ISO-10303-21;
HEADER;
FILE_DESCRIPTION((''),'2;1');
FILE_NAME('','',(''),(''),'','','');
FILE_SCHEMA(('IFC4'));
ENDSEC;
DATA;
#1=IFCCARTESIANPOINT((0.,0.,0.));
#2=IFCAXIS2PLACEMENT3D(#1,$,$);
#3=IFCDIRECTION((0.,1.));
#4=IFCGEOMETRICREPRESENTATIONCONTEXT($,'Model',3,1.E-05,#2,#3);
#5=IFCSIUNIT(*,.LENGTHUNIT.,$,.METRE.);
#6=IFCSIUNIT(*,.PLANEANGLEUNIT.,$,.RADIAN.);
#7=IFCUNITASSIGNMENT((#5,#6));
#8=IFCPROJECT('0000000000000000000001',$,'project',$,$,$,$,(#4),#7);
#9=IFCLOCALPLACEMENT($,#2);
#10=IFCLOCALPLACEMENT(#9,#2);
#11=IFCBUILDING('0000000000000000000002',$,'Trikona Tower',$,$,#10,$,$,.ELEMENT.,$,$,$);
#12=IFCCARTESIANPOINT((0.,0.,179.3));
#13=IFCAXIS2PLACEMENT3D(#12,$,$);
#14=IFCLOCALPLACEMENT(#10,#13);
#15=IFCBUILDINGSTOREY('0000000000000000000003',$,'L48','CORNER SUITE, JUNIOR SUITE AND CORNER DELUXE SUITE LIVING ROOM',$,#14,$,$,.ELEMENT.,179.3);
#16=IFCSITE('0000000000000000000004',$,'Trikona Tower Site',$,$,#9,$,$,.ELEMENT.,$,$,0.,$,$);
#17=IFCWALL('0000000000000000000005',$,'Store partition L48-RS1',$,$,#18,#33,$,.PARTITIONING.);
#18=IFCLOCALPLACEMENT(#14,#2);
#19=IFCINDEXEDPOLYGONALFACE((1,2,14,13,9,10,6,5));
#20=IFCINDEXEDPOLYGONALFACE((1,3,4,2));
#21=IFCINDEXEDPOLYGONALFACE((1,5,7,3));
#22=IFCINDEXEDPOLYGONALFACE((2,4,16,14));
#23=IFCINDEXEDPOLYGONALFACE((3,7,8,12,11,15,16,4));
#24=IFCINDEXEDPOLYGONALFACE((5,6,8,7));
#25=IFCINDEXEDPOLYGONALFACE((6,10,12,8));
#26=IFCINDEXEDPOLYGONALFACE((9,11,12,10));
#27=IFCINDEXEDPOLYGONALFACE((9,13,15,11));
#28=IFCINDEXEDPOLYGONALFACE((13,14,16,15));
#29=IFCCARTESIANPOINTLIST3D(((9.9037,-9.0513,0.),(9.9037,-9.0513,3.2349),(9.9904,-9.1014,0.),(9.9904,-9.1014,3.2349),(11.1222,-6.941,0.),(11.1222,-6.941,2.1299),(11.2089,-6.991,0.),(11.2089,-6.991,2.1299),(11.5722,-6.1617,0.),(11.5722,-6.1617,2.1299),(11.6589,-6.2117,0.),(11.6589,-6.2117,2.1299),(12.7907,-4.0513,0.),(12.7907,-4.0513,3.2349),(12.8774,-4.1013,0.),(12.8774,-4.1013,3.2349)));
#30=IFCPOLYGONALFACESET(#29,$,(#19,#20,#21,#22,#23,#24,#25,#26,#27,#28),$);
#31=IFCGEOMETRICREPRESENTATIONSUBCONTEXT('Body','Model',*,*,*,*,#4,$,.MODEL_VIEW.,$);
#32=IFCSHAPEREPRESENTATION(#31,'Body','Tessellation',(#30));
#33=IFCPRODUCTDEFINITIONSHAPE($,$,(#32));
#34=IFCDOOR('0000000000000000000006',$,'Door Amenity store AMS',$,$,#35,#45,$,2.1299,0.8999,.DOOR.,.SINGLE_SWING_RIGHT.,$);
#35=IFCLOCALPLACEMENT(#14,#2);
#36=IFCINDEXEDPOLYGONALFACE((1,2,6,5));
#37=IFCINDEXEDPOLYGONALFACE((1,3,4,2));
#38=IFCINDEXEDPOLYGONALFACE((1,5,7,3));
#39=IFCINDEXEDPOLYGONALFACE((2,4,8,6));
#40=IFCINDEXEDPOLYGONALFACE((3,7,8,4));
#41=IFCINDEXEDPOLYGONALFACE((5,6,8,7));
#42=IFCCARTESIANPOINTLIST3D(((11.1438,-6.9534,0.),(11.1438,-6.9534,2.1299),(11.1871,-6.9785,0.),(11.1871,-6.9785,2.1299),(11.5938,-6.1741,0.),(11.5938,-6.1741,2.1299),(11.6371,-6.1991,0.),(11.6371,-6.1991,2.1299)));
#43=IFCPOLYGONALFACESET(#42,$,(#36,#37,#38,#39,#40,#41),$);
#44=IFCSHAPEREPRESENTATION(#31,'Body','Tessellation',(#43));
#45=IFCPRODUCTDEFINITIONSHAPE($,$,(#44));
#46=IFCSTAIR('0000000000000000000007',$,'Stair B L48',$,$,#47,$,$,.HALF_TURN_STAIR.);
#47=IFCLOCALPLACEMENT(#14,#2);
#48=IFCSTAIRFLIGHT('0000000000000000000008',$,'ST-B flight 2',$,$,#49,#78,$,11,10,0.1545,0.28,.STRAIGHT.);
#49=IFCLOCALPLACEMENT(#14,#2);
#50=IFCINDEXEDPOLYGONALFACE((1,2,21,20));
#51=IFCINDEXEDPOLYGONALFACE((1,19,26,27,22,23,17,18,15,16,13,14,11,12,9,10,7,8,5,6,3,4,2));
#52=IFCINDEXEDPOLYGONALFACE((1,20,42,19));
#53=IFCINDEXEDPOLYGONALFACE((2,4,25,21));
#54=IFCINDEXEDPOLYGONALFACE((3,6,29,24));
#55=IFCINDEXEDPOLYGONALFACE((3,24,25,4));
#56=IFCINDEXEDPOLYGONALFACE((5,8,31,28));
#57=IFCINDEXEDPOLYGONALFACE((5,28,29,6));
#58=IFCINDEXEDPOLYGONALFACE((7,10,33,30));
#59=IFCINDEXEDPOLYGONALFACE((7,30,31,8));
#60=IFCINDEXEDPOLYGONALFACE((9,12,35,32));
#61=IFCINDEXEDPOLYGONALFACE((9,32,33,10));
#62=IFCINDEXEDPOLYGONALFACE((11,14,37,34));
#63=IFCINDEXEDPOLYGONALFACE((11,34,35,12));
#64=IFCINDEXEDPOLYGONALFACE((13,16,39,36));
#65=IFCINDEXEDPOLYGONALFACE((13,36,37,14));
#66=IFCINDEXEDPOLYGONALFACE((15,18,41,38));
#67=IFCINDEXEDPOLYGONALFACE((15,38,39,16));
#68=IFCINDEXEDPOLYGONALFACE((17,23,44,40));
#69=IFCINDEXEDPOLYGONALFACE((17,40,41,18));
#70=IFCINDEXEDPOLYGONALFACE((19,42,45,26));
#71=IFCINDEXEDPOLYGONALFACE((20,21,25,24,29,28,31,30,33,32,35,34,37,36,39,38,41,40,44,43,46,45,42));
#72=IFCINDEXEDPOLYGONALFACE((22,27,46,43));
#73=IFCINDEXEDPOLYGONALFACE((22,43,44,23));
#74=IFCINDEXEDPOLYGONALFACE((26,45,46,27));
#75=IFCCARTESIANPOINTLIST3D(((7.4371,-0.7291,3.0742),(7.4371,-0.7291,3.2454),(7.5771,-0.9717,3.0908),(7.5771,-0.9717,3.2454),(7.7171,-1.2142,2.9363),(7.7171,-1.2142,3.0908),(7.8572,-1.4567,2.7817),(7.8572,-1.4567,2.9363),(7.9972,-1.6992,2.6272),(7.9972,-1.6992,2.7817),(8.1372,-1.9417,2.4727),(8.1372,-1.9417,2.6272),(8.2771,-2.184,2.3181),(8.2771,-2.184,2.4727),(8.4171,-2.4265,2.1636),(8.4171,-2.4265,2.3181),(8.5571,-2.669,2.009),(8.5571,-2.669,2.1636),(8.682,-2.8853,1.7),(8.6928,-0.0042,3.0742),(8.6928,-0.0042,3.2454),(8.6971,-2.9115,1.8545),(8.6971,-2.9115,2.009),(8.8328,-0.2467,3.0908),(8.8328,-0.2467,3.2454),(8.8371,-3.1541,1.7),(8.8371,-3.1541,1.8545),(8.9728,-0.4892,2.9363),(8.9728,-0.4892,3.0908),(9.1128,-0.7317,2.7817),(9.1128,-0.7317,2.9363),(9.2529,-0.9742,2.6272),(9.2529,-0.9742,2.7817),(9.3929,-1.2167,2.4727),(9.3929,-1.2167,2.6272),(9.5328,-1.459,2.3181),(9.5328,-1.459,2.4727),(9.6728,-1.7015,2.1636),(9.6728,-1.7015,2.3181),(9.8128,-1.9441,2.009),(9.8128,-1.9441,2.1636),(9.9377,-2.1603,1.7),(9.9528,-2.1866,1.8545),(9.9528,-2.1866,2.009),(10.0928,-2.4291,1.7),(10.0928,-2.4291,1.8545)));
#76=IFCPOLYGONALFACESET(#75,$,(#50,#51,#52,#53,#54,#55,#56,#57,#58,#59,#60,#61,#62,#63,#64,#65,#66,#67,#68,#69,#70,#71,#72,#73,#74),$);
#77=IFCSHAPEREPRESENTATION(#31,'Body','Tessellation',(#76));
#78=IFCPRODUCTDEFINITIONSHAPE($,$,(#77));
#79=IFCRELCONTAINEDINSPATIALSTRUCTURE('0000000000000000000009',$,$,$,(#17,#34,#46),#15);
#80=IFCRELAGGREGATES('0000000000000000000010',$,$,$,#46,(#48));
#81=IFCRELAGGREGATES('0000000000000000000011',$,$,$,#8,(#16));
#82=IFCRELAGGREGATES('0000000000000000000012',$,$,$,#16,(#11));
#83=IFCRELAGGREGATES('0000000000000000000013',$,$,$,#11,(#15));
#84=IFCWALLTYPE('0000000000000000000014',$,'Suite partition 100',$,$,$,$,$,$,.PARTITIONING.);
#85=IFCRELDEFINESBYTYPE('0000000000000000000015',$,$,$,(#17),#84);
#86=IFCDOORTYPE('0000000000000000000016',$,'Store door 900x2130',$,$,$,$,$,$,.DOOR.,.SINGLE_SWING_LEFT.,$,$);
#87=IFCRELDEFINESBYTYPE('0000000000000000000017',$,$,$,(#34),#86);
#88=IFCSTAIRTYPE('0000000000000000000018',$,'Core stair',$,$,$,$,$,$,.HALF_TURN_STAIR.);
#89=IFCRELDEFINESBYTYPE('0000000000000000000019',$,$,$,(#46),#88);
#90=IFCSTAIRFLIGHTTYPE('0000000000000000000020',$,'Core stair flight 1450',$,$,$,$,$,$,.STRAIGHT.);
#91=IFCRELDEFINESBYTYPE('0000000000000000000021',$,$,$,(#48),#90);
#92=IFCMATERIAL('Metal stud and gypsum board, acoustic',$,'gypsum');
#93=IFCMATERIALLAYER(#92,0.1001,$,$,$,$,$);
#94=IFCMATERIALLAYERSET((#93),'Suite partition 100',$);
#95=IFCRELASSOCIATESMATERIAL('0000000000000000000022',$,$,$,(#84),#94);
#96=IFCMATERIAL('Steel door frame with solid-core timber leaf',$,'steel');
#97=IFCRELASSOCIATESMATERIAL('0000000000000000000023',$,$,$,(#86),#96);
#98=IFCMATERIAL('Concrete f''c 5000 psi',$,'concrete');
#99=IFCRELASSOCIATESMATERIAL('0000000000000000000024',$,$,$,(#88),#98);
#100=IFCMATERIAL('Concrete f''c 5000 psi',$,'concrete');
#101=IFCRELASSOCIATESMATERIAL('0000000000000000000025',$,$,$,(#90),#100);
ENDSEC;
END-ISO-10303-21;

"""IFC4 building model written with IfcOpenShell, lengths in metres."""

from ifc_helpers import new_model, si_unit, direction, frame, frame_2d, origin, place, context, subcontext, project, spatial, polyline, rectangle, outline, extrude, material, layer, layer_set, type_object, element, fill, aggregate, save


model = new_model("IFC4")

# Units and contexts
model_context = context("Model", 3, precision=1e-05, world=origin(), true_north=direction((0.0, 1.0)))
body_context = subcontext(model_context, "Body", "Model", "MODEL_VIEW")
ifc_project = project(units=[si_unit("LENGTHUNIT", "METRE"), si_unit("PLANEANGLEUNIT", "RADIAN")], contexts=[model_context])

# Site, building, storey
site_placement = place(None, origin())
site = spatial("IfcSite", under=ifc_project, at=site_placement, Name="Trikona Tower Site", CompositionType="ELEMENT", RefElevation=0.0)
building_placement = place(site_placement, origin())
building = spatial("IfcBuilding", under=site, at=building_placement, Name="Trikona Tower", CompositionType="ELEMENT")
storey_placement = place(building_placement, frame((0.0, 0.0, 179.3)))
storey = spatial("IfcBuildingStorey", under=building, at=storey_placement, Name="L48", Description="CORNER SUITE, JUNIOR SUITE AND CORNER DELUXE SUITE LIVING ROOM", CompositionType="ELEMENT", Elevation=179.3)

# Wall, opening, door
ifc_material_1 = material(Name="Metal stud and gypsum board, acoustic", Category="gypsum")
ifc_layer_1 = layer(ifc_material_1, 0.1001)
ifc_layer_set_1 = layer_set([ifc_layer_1], Name="Suite partition 100")
wall_type_1 = type_object("IfcWallType", Name="Suite partition 100", PredefinedType="PARTITIONING", material=ifc_layer_set_1)
wall_1_placement = place(storey_placement, frame((12.834, -4.0764, 0.0), z_axis=(0.0, 0.0, 1.0), x_axis=(-0.500027, -0.86601, 0.0)))
wall_1 = element("IfcWall", 1, at=wall_1_placement, inside=storey, type_object=wall_type_1, Name="Store partition L48-RS1", PredefinedType="PARTITIONING", context=body_context, shape_type="SweptSolid", body=[
    extrude(rectangle(XDim=5.7737, YDim=0.1001, at=frame_2d((2.8867, 0.0))), origin(), (0.0, 0.0, 1.0), 3.2349),
])
opening_1_placement = place(wall_1_placement, frame((2.4368, 0.0, 0.0)))
opening_1 = element("IfcOpeningElement", 2, at=opening_1_placement, cuts=wall_1, PredefinedType="OPENING", context=body_context, shape_type="SweptSolid", body=[
    extrude(rectangle(XDim=0.8999, YDim=2.1299, at=frame_2d((0.45, 1.0649))), frame((0.0, 0.0601, 0.0), z_axis=(0.0, -1.0, 0.0), x_axis=(1.0, 0.0, 0.0)), (0.0, 0.0, 1.0), 0.1201),
])
ifc_material_2 = material(Name="Steel door frame with solid-core timber leaf", Category="steel")
door_type_1 = type_object("IfcDoorType", Name="Store door 900x2130", OperationType="SINGLE_SWING_LEFT", PredefinedType="DOOR", material=ifc_material_2)
door_1_placement = place(opening_1_placement, origin())
door_1 = element("IfcDoor", 3, at=door_1_placement, inside=storey, type_object=door_type_1, Name="Door Amenity store AMS", OperationType="SINGLE_SWING_RIGHT", OverallHeight=2.1299, OverallWidth=0.8999, PredefinedType="DOOR", context=body_context, shape_type="SweptSolid", body=[
    extrude(rectangle(XDim=0.8999, YDim=2.1299, at=frame_2d((0.45, 1.0649))), frame((0.0, 0.0249, 0.0), z_axis=(0.0, -1.0, 0.0), x_axis=(1.0, 0.0, 0.0)), (0.0, 0.0, 1.0), 0.05),
])
fill(opening_1, door_1)

# Stair, stair flight
ifc_material_3 = material(Name="Concrete f'c 5000 psi", Category="concrete")
stair_type = type_object("IfcStairType", Name="Core stair", PredefinedType="HALF_TURN_STAIR", material=ifc_material_3)
stair_placement = place(storey_placement, origin())
stair = element("IfcStair", 4, at=stair_placement, inside=storey, type_object=stair_type, Name="Stair B L48", PredefinedType="HALF_TURN_STAIR")
ifc_material_4 = material(Name="Concrete f'c 5000 psi", Category="concrete")
stair_flight_type = type_object("IfcStairFlightType", Name="Core stair flight 1450", PredefinedType="STRAIGHT", material=ifc_material_4)
stair_flight_placement = place(storey_placement, frame((9.4651, -2.7915, 1.7), z_axis=(0.0, 0.0, 1.0), x_axis=(-0.5, 0.866025, 0.0)))
stair_flight = element("IfcStairFlight", 5, at=stair_flight_placement, type_object=stair_flight_type, Name="ST-B flight 2", NumberOfRisers=11, NumberOfTreads=10, PredefinedType="STRAIGHT", RiserHeight=0.1545, TreadLength=0.28, context=body_context, shape_type="SweptSolid", body=[
    extrude(outline(polyline([(0.0, 0.0), (0.0, 0.1545), (0.28, 0.1545), (0.28, 0.3091), (0.5601, 0.3091), (0.5601, 0.4636), (0.8401, 0.4636), (0.8401, 0.6182), (1.1201, 0.6182), (1.1201, 0.7727), (1.3999, 0.7727), (1.3999, 0.9272), (1.6799, 0.9272), (1.6799, 1.0818), (1.96, 1.0818), (1.96, 1.2363), (2.24, 1.2363), (2.24, 1.3909), (2.52, 1.3909), (2.52, 1.5454), (2.8, 1.5454), (2.8, 1.7), (2.8, 1.3743), (0.3103, 0.0), (0.0, 0.0)])), frame((0.0, 0.7251, 0.0), z_axis=(0.0, -1.0, 0.0), x_axis=(1.0, 0.0, 0.0)), (0.0, 0.0, 1.0), 1.45),
])
aggregate(stair, [stair_flight])

save(model, "model.ifc")
